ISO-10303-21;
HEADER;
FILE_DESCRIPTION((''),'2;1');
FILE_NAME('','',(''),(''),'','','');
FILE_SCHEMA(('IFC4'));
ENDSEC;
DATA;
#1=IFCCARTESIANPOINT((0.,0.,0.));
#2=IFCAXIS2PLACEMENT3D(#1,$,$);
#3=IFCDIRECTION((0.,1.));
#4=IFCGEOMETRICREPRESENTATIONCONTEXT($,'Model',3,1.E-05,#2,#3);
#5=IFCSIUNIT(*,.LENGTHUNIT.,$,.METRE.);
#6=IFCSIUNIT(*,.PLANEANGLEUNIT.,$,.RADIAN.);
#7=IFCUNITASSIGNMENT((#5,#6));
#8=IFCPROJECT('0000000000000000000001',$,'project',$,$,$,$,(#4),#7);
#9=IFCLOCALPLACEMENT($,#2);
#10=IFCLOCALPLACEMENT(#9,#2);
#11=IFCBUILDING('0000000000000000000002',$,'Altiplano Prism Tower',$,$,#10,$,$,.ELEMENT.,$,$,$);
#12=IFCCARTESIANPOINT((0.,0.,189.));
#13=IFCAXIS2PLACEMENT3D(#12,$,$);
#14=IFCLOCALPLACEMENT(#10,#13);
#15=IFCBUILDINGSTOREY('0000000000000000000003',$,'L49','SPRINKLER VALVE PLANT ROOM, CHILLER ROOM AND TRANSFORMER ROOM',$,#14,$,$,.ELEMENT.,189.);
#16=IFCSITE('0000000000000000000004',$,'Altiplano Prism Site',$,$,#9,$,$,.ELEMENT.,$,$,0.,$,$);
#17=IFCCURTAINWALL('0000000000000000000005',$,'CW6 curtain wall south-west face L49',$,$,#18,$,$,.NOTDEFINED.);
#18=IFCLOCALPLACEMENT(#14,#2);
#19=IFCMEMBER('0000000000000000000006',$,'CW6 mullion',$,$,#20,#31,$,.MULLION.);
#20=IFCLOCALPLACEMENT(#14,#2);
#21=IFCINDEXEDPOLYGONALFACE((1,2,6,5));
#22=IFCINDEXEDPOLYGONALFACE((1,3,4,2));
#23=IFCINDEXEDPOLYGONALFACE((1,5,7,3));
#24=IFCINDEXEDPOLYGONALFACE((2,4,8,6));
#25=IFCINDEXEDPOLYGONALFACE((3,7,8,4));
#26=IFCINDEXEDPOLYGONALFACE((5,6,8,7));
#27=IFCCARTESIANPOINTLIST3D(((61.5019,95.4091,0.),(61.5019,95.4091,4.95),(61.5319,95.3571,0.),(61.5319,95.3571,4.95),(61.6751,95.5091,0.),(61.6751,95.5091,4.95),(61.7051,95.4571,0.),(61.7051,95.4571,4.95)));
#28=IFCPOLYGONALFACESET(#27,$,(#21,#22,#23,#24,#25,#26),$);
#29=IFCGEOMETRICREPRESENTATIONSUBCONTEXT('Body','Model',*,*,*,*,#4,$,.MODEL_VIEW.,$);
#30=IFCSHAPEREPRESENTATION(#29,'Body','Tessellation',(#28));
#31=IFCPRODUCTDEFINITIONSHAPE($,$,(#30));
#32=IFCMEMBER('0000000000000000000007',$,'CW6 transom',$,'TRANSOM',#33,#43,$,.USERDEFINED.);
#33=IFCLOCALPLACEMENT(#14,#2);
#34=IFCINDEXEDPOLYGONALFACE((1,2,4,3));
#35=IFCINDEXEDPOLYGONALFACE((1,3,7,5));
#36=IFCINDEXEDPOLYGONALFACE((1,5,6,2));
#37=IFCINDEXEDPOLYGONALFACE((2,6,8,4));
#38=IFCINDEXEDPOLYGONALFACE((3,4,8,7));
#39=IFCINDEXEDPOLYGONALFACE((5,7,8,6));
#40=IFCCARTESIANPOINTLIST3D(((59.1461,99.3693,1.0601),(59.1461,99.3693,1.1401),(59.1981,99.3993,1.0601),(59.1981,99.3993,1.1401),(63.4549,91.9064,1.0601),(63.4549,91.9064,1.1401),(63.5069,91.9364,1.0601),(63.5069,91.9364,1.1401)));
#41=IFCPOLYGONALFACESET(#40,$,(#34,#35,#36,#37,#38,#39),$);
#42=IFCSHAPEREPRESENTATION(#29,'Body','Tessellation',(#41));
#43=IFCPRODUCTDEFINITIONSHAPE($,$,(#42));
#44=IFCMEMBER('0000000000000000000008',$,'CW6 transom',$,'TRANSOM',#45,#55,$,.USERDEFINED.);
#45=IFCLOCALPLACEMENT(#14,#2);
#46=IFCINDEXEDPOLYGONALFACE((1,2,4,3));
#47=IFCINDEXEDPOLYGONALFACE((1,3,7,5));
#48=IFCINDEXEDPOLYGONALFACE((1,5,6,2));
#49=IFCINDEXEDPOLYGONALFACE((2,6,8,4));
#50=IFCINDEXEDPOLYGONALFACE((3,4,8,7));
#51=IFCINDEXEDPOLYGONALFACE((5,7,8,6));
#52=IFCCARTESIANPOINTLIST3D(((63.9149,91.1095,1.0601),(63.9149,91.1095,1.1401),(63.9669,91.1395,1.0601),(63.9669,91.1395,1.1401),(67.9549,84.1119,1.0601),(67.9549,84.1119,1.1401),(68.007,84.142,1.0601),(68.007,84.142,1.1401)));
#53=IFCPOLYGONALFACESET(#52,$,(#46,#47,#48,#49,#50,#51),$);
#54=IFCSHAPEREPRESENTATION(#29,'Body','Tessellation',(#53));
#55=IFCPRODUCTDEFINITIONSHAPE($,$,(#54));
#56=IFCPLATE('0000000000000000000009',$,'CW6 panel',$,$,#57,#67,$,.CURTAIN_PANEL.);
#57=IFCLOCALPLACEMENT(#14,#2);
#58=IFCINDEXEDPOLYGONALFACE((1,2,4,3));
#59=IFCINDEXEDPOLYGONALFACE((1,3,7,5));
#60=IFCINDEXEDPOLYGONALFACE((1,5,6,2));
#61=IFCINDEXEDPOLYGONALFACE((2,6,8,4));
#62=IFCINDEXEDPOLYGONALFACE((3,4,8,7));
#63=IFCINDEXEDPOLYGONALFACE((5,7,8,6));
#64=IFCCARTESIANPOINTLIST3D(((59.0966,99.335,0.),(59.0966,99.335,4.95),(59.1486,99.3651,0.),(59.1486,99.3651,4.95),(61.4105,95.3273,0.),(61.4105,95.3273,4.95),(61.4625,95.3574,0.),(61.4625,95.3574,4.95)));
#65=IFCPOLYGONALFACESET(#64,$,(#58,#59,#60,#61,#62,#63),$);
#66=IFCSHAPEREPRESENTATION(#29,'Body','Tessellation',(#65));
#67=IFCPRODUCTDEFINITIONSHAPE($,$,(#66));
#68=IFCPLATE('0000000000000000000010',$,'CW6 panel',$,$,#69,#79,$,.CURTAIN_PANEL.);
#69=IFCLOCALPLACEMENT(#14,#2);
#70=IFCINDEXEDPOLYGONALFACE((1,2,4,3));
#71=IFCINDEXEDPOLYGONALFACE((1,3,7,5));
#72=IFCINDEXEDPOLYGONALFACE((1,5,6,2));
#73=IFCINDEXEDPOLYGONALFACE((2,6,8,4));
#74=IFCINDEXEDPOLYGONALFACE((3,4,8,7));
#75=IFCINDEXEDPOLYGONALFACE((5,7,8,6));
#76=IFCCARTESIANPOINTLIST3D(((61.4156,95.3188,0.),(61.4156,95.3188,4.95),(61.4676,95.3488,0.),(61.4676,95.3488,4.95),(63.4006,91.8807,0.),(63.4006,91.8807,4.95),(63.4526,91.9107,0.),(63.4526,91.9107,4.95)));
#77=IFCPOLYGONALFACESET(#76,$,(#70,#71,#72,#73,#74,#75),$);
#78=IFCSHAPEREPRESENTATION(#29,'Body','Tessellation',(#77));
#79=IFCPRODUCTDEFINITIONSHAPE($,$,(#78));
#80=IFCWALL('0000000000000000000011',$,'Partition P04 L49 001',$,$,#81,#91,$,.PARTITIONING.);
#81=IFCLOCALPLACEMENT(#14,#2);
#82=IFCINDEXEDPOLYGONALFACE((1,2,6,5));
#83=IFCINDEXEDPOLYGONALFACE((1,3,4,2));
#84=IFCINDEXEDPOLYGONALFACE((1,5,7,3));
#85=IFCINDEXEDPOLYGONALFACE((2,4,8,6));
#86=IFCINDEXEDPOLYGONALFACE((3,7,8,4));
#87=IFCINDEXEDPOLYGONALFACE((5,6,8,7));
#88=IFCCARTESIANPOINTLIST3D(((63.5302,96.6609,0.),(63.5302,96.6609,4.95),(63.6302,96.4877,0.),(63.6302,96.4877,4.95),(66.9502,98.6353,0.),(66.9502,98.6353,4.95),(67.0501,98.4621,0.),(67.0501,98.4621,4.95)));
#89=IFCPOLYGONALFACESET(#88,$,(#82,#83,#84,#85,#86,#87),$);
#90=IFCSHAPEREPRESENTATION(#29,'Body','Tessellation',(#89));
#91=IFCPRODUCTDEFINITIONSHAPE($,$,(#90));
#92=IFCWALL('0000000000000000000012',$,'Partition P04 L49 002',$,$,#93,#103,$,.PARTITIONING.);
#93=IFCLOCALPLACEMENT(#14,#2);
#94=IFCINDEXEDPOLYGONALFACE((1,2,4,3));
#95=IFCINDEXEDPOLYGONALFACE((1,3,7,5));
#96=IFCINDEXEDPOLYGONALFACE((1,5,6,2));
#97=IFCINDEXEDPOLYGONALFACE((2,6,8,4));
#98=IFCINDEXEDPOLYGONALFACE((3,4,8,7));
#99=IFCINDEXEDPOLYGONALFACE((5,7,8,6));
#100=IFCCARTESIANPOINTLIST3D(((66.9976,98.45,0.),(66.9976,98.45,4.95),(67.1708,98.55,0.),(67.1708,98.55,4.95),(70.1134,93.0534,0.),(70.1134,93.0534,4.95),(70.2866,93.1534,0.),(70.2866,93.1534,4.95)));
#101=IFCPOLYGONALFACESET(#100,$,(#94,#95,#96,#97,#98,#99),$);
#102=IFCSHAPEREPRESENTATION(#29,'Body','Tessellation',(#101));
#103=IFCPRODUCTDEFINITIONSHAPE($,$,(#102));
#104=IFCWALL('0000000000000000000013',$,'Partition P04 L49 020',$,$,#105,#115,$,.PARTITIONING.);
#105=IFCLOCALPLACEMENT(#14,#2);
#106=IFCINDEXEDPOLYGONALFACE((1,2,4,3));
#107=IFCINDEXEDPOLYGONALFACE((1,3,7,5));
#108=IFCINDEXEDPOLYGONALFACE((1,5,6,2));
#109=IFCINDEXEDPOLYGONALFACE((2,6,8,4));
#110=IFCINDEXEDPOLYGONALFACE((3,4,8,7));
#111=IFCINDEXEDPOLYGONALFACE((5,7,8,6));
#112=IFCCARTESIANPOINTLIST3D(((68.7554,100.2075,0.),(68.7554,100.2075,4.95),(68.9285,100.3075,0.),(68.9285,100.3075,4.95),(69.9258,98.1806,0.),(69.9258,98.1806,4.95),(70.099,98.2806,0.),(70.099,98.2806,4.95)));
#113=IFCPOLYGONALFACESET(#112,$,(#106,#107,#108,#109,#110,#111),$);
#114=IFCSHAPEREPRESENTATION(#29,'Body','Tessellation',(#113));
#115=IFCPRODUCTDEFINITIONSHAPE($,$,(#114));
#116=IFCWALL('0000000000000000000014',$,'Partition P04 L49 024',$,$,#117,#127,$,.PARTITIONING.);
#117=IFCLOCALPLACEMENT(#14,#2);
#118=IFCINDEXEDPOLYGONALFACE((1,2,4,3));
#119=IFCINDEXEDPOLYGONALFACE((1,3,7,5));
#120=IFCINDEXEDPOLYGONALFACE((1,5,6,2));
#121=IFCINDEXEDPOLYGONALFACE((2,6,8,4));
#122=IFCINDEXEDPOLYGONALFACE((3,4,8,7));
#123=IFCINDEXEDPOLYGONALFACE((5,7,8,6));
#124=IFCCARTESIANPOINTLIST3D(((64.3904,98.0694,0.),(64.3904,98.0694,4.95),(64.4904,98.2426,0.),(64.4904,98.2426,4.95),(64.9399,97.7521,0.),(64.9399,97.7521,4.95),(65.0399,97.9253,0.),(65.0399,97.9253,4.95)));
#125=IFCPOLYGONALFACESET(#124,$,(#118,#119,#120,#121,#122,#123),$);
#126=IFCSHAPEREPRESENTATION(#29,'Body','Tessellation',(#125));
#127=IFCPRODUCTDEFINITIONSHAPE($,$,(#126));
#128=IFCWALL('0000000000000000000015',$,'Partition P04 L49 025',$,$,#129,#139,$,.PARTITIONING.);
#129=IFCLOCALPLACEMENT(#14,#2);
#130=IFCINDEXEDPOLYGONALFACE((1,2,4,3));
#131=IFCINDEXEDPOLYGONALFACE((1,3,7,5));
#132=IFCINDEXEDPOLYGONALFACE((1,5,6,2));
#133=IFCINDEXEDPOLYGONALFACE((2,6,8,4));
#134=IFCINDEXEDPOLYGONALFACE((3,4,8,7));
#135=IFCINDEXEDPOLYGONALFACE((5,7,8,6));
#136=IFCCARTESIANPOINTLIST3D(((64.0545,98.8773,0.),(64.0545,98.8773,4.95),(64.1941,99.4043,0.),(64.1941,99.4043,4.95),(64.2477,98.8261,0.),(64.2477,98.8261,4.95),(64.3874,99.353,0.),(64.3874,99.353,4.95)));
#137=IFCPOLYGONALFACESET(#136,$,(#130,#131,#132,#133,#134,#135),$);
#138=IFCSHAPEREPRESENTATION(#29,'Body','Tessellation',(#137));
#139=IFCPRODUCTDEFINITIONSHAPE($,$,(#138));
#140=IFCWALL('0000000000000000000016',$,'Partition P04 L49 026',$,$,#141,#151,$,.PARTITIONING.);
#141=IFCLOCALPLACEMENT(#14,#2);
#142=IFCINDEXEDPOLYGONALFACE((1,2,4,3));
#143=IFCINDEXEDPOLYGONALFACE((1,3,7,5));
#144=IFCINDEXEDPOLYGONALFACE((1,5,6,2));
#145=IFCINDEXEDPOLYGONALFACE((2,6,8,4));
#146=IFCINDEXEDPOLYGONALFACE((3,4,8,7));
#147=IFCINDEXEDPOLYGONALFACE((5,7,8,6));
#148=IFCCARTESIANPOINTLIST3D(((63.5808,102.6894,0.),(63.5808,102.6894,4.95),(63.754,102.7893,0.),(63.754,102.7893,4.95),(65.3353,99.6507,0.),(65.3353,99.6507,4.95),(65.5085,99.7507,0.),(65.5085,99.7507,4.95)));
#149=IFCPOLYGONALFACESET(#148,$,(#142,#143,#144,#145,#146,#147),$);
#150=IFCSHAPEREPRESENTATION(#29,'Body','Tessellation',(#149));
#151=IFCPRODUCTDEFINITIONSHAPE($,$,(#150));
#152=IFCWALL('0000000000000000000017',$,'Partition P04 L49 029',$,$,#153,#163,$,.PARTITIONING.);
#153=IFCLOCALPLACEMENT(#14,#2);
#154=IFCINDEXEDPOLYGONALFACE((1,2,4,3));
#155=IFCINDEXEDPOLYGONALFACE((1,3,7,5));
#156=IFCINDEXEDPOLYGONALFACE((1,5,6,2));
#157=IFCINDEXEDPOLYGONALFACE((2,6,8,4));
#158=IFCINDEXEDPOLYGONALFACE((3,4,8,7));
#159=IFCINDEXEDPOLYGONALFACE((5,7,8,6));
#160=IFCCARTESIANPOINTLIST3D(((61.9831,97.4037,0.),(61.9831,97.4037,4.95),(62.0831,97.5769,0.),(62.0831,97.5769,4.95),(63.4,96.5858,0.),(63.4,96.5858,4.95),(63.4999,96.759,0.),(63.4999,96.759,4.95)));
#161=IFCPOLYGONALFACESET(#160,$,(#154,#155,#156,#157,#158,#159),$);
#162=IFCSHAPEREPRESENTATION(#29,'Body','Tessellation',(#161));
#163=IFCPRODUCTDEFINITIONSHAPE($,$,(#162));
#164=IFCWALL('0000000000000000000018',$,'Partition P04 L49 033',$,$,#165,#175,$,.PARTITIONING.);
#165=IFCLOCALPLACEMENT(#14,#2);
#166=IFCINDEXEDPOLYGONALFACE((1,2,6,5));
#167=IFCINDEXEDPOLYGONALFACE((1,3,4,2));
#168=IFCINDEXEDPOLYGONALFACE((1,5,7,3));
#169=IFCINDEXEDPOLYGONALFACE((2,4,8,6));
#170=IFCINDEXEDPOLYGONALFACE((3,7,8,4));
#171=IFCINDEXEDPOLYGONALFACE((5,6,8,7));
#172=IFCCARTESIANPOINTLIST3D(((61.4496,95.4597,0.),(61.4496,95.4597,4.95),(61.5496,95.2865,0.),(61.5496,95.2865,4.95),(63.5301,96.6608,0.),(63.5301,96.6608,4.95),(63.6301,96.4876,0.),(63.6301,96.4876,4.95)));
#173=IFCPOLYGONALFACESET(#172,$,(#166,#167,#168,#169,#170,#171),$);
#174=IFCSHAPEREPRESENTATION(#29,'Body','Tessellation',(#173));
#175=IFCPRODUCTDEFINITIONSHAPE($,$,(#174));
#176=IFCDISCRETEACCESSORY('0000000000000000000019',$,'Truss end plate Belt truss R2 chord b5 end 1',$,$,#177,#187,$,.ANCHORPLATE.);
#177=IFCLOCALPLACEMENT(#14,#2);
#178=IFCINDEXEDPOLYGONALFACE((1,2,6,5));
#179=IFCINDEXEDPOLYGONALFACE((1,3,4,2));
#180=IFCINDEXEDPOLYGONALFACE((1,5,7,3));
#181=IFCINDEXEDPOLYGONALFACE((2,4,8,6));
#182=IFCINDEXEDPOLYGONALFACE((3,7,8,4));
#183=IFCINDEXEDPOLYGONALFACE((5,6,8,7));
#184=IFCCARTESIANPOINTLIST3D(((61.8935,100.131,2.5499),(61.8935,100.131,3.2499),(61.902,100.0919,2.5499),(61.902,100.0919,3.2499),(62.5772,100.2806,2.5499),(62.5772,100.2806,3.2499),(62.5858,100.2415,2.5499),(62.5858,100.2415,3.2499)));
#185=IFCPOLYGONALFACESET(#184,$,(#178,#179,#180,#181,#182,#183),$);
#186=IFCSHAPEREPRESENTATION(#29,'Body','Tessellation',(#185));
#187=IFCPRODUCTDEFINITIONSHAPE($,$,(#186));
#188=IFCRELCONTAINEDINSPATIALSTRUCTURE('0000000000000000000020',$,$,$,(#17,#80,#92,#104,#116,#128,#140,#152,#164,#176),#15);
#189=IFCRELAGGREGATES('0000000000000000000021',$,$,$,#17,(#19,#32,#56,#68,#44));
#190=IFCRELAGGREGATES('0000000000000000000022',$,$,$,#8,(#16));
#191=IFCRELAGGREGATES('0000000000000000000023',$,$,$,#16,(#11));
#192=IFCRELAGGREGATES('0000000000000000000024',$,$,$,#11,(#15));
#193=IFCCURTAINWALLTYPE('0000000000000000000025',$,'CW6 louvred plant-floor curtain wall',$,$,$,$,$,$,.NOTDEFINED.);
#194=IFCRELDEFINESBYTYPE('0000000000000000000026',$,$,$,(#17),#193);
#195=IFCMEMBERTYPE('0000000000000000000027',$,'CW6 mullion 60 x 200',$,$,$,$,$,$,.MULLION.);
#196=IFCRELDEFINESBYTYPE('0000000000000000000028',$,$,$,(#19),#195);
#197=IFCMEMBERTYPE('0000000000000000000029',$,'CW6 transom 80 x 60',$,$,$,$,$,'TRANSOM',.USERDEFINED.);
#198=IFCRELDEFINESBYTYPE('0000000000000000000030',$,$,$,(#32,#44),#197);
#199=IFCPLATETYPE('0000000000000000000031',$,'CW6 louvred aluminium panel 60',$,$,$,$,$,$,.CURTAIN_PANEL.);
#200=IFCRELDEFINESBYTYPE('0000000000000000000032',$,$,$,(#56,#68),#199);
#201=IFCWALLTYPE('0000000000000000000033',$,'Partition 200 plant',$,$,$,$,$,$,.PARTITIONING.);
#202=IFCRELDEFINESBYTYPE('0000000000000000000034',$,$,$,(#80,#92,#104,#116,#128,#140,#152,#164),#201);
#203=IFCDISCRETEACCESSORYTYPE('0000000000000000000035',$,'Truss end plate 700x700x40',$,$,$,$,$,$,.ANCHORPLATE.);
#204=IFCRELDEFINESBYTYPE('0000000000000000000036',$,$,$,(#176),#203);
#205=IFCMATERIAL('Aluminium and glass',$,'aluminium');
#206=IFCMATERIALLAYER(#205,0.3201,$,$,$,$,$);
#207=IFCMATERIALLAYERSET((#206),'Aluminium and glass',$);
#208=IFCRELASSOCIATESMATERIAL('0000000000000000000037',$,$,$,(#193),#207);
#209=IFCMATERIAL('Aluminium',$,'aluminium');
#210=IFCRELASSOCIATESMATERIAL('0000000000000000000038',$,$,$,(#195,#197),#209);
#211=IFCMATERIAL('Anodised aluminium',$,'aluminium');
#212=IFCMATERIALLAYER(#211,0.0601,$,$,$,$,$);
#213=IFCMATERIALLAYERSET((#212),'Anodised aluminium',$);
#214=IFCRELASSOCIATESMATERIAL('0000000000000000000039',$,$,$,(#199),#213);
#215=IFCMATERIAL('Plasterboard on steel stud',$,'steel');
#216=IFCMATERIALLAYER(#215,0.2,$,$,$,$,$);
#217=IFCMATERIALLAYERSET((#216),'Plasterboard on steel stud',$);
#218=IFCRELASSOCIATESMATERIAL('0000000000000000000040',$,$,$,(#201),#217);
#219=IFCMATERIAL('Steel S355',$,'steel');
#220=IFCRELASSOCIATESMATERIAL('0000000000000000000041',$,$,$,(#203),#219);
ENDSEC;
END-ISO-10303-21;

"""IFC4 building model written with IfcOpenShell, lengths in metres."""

from ifc_helpers import new_model, si_unit, direction, frame, frame_2d, origin, origin_2d, place, context, subcontext, project, spatial, rectangle, extrude, material, layer, layer_set, material_profile, profile_set, type_object, element, aggregate, save


model = new_model("IFC4")

# Units and contexts
model_context = context("Model", 3, precision=1e-05, world=origin(), true_north=direction((0.0, 1.0)))
body_context = subcontext(model_context, "Body", "Model", "MODEL_VIEW")
ifc_project = project(units=[si_unit("LENGTHUNIT", "METRE"), si_unit("PLANEANGLEUNIT", "RADIAN")], contexts=[model_context])

# Site, building, storey
site_placement = place(None, origin())
site = spatial("IfcSite", under=ifc_project, at=site_placement, Name="Altiplano Prism Site", CompositionType="ELEMENT", RefElevation=0.0)
building_placement = place(site_placement, origin())
building = spatial("IfcBuilding", under=site, at=building_placement, Name="Altiplano Prism Tower", CompositionType="ELEMENT")
storey_placement = place(building_placement, frame((0.0, 0.0, 189.0)))
storey = spatial("IfcBuildingStorey", under=building, at=storey_placement, Name="L49", Description="SPRINKLER VALVE PLANT ROOM, CHILLER ROOM AND TRANSFORMER ROOM", CompositionType="ELEMENT", Elevation=189.0)

# Shared definitions
ifc_material_1 = material(Name="Steel S355", Category="steel")

# Curtain wall, members, plates
ifc_material_2 = material(Name="Aluminium and glass", Category="aluminium")
ifc_layer_1 = layer(ifc_material_2, 0.3201)
ifc_layer_set_1 = layer_set([ifc_layer_1], Name="Aluminium and glass")
curtain_wall_type = type_object("IfcCurtainWallType", Name="CW6 louvred plant-floor curtain wall", PredefinedType="NOTDEFINED", material=ifc_layer_set_1)
curtain_wall_placement = place(storey_placement, origin())
curtain_wall = element("IfcCurtainWall", 1, at=curtain_wall_placement, inside=storey, type_object=curtain_wall_type, Name="CW6 curtain wall south-west face L49", PredefinedType="NOTDEFINED")
ifc_material_3 = material(Name="Aluminium", Category="aluminium")
ifc_material_profile_1 = material_profile(ifc_material_3, rectangle(XDim=0.2, YDim=0.0601, at=origin_2d()), Name="CW6 mullion 60 x 200")
ifc_profile_set_1 = profile_set([ifc_material_profile_1], Name="Aluminium")
member_type_1 = type_object("IfcMemberType", Name="CW6 mullion 60 x 200", PredefinedType="MULLION", material=ifc_profile_set_1)
member_1_placement = place(storey_placement, frame((61.6035, 95.4331, 0.0), z_axis=(0.0, 0.0, 1.0), x_axis=(0.866025, 0.5, 0.0)))
member_1 = element("IfcMember", 2, at=member_1_placement, type_object=member_type_1, Name="CW6 mullion", PredefinedType="MULLION", context=body_context, shape_type="SweptSolid", body=[
    extrude(rectangle(XDim=0.2, YDim=0.0601, at=origin_2d()), origin(), (0.0, 0.0, 1.0), 4.95),
])
ifc_material_profile_2 = material_profile(ifc_material_3, rectangle(XDim=0.0601, YDim=0.0801, at=origin_2d()), Name="CW6 transom 80 x 60")
ifc_profile_set_2 = profile_set([ifc_material_profile_2], Name="Aluminium")
member_type_2 = type_object("IfcMemberType", Name="CW6 transom 80 x 60", ElementType="TRANSOM", PredefinedType="USERDEFINED", material=ifc_profile_set_2)
member_2_placement = place(storey_placement, frame((59.1721, 99.3843, 1.1001), z_axis=(0.500012, -0.866019, 0.0), x_axis=(0.866019, 0.500012, 0.0)))
member_2 = element("IfcMember", 3, at=member_2_placement, type_object=member_type_2, Name="CW6 transom", ObjectType="TRANSOM", PredefinedType="USERDEFINED", context=body_context, shape_type="SweptSolid", body=[
    extrude(rectangle(XDim=0.0601, YDim=0.0801, at=origin_2d()), origin(), (0.0, 0.0, 1.0), 8.6174),
])
member_3_placement = place(storey_placement, frame((63.9409, 91.1245, 1.1001), z_axis=(0.5, -0.866026, 0.0), x_axis=(0.866026, 0.5, 0.0)))
member_3 = element("IfcMember", 4, at=member_3_placement, type_object=member_type_2, Name="CW6 transom", ObjectType="TRANSOM", PredefinedType="USERDEFINED", context=body_context, shape_type="SweptSolid", body=[
    extrude(rectangle(XDim=0.0601, YDim=0.0801, at=origin_2d()), origin(), (0.0, 0.0, 1.0), 8.0801),
])
ifc_material_4 = material(Name="Anodised aluminium", Category="aluminium")
ifc_layer_2 = layer(ifc_material_4, 0.0601)
ifc_layer_set_2 = layer_set([ifc_layer_2], Name="Anodised aluminium")
plate_type = type_object("IfcPlateType", Name="CW6 louvred aluminium panel 60", PredefinedType="CURTAIN_PANEL", material=ifc_layer_set_2)
plate_1_placement = place(storey_placement, frame((60.2795, 97.3462, 0.0), z_axis=(0.0, 0.0, 1.0), x_axis=(0.5, -0.866025, 0.0)))
plate_1 = element("IfcPlate", 5, at=plate_1_placement, type_object=plate_type, Name="CW6 panel", PredefinedType="CURTAIN_PANEL", context=body_context, shape_type="SweptSolid", body=[
    extrude(rectangle(XDim=4.6277, YDim=0.0601, at=origin_2d()), origin(), (0.0, 0.0, 1.0), 4.95),
])
plate_2_placement = place(storey_placement, frame((62.4341, 93.6147, 0.0), z_axis=(0.0, 0.0, 1.0), x_axis=(0.5, -0.866025, 0.0)))
plate_2 = element("IfcPlate", 6, at=plate_2_placement, type_object=plate_type, Name="CW6 panel", PredefinedType="CURTAIN_PANEL", context=body_context, shape_type="SweptSolid", body=[
    extrude(rectangle(XDim=3.97, YDim=0.0601, at=origin_2d()), origin(), (0.0, 0.0, 1.0), 4.95),
])
aggregate(curtain_wall, [member_1, member_2, plate_1, plate_2, member_3])

# Walls
ifc_material_5 = material(Name="Plasterboard on steel stud", Category="steel")
ifc_layer_3 = layer(ifc_material_5, 0.2)
ifc_layer_set_3 = layer_set([ifc_layer_3], Name="Plasterboard on steel stud")
wall_type = type_object("IfcWallType", Name="Partition 200 plant", PredefinedType="PARTITIONING", material=ifc_layer_set_3)
wall_1_placement = place(storey_placement, frame((63.5801, 96.5742, 0.0), z_axis=(0.0, 0.0, 1.0), x_axis=(0.866039, 0.499976, 0.0)))
element("IfcWall", 7, at=wall_1_placement, inside=storey, type_object=wall_type, Name="Partition P04 L49 001", PredefinedType="PARTITIONING", context=body_context, shape_type="SweptSolid", body=[
    extrude(rectangle(XDim=3.949, YDim=0.2, at=frame_2d((1.9746, 0.0))), origin(), (0.0, 0.0, 1.0), 4.95),
])
wall_2_placement = place(storey_placement, frame((67.0842, 98.5, 0.0), z_axis=(0.0, 0.0, 1.0), x_axis=(0.500007, -0.866021, 0.0)))
element("IfcWall", 8, at=wall_2_placement, inside=storey, type_object=wall_type, Name="Partition P04 L49 002", PredefinedType="PARTITIONING", context=body_context, shape_type="SweptSolid", body=[
    extrude(rectangle(XDim=6.2314, YDim=0.2, at=frame_2d((3.1157, 0.0))), origin(), (0.0, 0.0, 1.0), 4.95),
])
wall_3_placement = place(storey_placement, frame((70.0125, 98.2305, 0.0), z_axis=(0.0, 0.0, 1.0), x_axis=(-0.500066, 0.865988, 0.0)))
element("IfcWall", 9, at=wall_3_placement, inside=storey, type_object=wall_type, Name="Partition P04 L49 020", PredefinedType="PARTITIONING", context=body_context, shape_type="SweptSolid", body=[
    extrude(rectangle(XDim=2.3406, YDim=0.2, at=frame_2d((1.1704, 0.0))), origin(), (0.0, 0.0, 1.0), 4.95),
])
wall_4_placement = place(storey_placement, frame((64.99, 97.8386, 0.0), z_axis=(0.0, 0.0, 1.0), x_axis=(-0.865961, 0.500111, 0.0)))
element("IfcWall", 10, at=wall_4_placement, inside=storey, type_object=wall_type, Name="Partition P04 L49 024", PredefinedType="PARTITIONING", context=body_context, shape_type="SweptSolid", body=[
    extrude(rectangle(XDim=0.6345, YDim=0.2, at=frame_2d((0.3174, 0.0))), origin(), (0.0, 0.0, 1.0), 4.95),
])
wall_5_placement = place(storey_placement, frame((64.1511, 98.8518, 0.0), z_axis=(0.0, 0.0, 1.0), x_axis=(0.256213, 0.96662, 0.0)))
element("IfcWall", 11, at=wall_5_placement, inside=storey, type_object=wall_type, Name="Partition P04 L49 025", PredefinedType="PARTITIONING", context=body_context, shape_type="SweptSolid", body=[
    extrude(rectangle(XDim=0.5452, YDim=0.2, at=frame_2d((0.2725, 0.0))), origin(), (0.0, 0.0, 1.0), 4.95),
])
wall_6_placement = place(storey_placement, frame((65.4219, 99.7007, 0.0), z_axis=(0.0, 0.0, 1.0), x_axis=(-0.500016, 0.866016, 0.0)))
element("IfcWall", 12, at=wall_6_placement, inside=storey, type_object=wall_type, Name="Partition P04 L49 026", PredefinedType="PARTITIONING", context=body_context, shape_type="SweptSolid", body=[
    extrude(rectangle(XDim=3.5088, YDim=0.2, at=frame_2d((1.7544, 0.0))), origin(), (0.0, 0.0, 1.0), 4.95),
])
wall_7_placement = place(storey_placement, frame((62.0332, 97.4902, 0.0), z_axis=(0.0, 0.0, 1.0), x_axis=(0.866049, -0.499959, 0.0)))
element("IfcWall", 13, at=wall_7_placement, inside=storey, type_object=wall_type, Name="Partition P04 L49 029", PredefinedType="PARTITIONING", context=body_context, shape_type="SweptSolid", body=[
    extrude(rectangle(XDim=1.636, YDim=0.2, at=frame_2d((0.8179, 0.0))), origin(), (0.0, 0.0, 1.0), 4.95),
])
wall_8_placement = place(storey_placement, frame((63.5801, 96.5742, 0.0), z_axis=(0.0, 0.0, 1.0), x_axis=(-0.866033, -0.499986, 0.0)))
element("IfcWall", 14, at=wall_8_placement, inside=storey, type_object=wall_type, Name="Partition P04 L49 033", PredefinedType="PARTITIONING", context=body_context, shape_type="SweptSolid", body=[
    extrude(rectangle(XDim=2.4023, YDim=0.2, at=frame_2d((1.2012, 0.0))), origin(), (0.0, 0.0, 1.0), 4.95),
])

# Discrete accessory
ifc_material_profile_3 = material_profile(ifc_material_1, rectangle(XDim=0.7, YDim=0.7, at=origin_2d()), Name="Truss end plate 700x700x40")
ifc_profile_set_3 = profile_set([ifc_material_profile_3], Name="Steel S355")
discrete_accessory_type = type_object("IfcDiscreteAccessoryType", Name="Truss end plate 700x700x40", PredefinedType="ANCHORPLATE", material=ifc_profile_set_3)
for number, where, z_axis, x_axis, name in (
    (15, (62.2354, 100.2058, 2.8999), (0.213697, -0.9769, 0.0), (0.9769, 0.213697, 0.0), "Truss end plate Belt truss R2 chord b5 end 1"),
):
    element("IfcDiscreteAccessory", number, at=place(storey_placement, frame(where, z_axis=z_axis, x_axis=x_axis)), inside=storey, type_object=discrete_accessory_type, Name=name, PredefinedType="ANCHORPLATE", context=body_context, shape_type="SweptSolid", body=[
        extrude(rectangle(XDim=0.7, YDim=0.7, at=origin_2d()), origin(), (0.0, 0.0, 1.0), 0.04),
    ])

save(model, "model.ifc")
